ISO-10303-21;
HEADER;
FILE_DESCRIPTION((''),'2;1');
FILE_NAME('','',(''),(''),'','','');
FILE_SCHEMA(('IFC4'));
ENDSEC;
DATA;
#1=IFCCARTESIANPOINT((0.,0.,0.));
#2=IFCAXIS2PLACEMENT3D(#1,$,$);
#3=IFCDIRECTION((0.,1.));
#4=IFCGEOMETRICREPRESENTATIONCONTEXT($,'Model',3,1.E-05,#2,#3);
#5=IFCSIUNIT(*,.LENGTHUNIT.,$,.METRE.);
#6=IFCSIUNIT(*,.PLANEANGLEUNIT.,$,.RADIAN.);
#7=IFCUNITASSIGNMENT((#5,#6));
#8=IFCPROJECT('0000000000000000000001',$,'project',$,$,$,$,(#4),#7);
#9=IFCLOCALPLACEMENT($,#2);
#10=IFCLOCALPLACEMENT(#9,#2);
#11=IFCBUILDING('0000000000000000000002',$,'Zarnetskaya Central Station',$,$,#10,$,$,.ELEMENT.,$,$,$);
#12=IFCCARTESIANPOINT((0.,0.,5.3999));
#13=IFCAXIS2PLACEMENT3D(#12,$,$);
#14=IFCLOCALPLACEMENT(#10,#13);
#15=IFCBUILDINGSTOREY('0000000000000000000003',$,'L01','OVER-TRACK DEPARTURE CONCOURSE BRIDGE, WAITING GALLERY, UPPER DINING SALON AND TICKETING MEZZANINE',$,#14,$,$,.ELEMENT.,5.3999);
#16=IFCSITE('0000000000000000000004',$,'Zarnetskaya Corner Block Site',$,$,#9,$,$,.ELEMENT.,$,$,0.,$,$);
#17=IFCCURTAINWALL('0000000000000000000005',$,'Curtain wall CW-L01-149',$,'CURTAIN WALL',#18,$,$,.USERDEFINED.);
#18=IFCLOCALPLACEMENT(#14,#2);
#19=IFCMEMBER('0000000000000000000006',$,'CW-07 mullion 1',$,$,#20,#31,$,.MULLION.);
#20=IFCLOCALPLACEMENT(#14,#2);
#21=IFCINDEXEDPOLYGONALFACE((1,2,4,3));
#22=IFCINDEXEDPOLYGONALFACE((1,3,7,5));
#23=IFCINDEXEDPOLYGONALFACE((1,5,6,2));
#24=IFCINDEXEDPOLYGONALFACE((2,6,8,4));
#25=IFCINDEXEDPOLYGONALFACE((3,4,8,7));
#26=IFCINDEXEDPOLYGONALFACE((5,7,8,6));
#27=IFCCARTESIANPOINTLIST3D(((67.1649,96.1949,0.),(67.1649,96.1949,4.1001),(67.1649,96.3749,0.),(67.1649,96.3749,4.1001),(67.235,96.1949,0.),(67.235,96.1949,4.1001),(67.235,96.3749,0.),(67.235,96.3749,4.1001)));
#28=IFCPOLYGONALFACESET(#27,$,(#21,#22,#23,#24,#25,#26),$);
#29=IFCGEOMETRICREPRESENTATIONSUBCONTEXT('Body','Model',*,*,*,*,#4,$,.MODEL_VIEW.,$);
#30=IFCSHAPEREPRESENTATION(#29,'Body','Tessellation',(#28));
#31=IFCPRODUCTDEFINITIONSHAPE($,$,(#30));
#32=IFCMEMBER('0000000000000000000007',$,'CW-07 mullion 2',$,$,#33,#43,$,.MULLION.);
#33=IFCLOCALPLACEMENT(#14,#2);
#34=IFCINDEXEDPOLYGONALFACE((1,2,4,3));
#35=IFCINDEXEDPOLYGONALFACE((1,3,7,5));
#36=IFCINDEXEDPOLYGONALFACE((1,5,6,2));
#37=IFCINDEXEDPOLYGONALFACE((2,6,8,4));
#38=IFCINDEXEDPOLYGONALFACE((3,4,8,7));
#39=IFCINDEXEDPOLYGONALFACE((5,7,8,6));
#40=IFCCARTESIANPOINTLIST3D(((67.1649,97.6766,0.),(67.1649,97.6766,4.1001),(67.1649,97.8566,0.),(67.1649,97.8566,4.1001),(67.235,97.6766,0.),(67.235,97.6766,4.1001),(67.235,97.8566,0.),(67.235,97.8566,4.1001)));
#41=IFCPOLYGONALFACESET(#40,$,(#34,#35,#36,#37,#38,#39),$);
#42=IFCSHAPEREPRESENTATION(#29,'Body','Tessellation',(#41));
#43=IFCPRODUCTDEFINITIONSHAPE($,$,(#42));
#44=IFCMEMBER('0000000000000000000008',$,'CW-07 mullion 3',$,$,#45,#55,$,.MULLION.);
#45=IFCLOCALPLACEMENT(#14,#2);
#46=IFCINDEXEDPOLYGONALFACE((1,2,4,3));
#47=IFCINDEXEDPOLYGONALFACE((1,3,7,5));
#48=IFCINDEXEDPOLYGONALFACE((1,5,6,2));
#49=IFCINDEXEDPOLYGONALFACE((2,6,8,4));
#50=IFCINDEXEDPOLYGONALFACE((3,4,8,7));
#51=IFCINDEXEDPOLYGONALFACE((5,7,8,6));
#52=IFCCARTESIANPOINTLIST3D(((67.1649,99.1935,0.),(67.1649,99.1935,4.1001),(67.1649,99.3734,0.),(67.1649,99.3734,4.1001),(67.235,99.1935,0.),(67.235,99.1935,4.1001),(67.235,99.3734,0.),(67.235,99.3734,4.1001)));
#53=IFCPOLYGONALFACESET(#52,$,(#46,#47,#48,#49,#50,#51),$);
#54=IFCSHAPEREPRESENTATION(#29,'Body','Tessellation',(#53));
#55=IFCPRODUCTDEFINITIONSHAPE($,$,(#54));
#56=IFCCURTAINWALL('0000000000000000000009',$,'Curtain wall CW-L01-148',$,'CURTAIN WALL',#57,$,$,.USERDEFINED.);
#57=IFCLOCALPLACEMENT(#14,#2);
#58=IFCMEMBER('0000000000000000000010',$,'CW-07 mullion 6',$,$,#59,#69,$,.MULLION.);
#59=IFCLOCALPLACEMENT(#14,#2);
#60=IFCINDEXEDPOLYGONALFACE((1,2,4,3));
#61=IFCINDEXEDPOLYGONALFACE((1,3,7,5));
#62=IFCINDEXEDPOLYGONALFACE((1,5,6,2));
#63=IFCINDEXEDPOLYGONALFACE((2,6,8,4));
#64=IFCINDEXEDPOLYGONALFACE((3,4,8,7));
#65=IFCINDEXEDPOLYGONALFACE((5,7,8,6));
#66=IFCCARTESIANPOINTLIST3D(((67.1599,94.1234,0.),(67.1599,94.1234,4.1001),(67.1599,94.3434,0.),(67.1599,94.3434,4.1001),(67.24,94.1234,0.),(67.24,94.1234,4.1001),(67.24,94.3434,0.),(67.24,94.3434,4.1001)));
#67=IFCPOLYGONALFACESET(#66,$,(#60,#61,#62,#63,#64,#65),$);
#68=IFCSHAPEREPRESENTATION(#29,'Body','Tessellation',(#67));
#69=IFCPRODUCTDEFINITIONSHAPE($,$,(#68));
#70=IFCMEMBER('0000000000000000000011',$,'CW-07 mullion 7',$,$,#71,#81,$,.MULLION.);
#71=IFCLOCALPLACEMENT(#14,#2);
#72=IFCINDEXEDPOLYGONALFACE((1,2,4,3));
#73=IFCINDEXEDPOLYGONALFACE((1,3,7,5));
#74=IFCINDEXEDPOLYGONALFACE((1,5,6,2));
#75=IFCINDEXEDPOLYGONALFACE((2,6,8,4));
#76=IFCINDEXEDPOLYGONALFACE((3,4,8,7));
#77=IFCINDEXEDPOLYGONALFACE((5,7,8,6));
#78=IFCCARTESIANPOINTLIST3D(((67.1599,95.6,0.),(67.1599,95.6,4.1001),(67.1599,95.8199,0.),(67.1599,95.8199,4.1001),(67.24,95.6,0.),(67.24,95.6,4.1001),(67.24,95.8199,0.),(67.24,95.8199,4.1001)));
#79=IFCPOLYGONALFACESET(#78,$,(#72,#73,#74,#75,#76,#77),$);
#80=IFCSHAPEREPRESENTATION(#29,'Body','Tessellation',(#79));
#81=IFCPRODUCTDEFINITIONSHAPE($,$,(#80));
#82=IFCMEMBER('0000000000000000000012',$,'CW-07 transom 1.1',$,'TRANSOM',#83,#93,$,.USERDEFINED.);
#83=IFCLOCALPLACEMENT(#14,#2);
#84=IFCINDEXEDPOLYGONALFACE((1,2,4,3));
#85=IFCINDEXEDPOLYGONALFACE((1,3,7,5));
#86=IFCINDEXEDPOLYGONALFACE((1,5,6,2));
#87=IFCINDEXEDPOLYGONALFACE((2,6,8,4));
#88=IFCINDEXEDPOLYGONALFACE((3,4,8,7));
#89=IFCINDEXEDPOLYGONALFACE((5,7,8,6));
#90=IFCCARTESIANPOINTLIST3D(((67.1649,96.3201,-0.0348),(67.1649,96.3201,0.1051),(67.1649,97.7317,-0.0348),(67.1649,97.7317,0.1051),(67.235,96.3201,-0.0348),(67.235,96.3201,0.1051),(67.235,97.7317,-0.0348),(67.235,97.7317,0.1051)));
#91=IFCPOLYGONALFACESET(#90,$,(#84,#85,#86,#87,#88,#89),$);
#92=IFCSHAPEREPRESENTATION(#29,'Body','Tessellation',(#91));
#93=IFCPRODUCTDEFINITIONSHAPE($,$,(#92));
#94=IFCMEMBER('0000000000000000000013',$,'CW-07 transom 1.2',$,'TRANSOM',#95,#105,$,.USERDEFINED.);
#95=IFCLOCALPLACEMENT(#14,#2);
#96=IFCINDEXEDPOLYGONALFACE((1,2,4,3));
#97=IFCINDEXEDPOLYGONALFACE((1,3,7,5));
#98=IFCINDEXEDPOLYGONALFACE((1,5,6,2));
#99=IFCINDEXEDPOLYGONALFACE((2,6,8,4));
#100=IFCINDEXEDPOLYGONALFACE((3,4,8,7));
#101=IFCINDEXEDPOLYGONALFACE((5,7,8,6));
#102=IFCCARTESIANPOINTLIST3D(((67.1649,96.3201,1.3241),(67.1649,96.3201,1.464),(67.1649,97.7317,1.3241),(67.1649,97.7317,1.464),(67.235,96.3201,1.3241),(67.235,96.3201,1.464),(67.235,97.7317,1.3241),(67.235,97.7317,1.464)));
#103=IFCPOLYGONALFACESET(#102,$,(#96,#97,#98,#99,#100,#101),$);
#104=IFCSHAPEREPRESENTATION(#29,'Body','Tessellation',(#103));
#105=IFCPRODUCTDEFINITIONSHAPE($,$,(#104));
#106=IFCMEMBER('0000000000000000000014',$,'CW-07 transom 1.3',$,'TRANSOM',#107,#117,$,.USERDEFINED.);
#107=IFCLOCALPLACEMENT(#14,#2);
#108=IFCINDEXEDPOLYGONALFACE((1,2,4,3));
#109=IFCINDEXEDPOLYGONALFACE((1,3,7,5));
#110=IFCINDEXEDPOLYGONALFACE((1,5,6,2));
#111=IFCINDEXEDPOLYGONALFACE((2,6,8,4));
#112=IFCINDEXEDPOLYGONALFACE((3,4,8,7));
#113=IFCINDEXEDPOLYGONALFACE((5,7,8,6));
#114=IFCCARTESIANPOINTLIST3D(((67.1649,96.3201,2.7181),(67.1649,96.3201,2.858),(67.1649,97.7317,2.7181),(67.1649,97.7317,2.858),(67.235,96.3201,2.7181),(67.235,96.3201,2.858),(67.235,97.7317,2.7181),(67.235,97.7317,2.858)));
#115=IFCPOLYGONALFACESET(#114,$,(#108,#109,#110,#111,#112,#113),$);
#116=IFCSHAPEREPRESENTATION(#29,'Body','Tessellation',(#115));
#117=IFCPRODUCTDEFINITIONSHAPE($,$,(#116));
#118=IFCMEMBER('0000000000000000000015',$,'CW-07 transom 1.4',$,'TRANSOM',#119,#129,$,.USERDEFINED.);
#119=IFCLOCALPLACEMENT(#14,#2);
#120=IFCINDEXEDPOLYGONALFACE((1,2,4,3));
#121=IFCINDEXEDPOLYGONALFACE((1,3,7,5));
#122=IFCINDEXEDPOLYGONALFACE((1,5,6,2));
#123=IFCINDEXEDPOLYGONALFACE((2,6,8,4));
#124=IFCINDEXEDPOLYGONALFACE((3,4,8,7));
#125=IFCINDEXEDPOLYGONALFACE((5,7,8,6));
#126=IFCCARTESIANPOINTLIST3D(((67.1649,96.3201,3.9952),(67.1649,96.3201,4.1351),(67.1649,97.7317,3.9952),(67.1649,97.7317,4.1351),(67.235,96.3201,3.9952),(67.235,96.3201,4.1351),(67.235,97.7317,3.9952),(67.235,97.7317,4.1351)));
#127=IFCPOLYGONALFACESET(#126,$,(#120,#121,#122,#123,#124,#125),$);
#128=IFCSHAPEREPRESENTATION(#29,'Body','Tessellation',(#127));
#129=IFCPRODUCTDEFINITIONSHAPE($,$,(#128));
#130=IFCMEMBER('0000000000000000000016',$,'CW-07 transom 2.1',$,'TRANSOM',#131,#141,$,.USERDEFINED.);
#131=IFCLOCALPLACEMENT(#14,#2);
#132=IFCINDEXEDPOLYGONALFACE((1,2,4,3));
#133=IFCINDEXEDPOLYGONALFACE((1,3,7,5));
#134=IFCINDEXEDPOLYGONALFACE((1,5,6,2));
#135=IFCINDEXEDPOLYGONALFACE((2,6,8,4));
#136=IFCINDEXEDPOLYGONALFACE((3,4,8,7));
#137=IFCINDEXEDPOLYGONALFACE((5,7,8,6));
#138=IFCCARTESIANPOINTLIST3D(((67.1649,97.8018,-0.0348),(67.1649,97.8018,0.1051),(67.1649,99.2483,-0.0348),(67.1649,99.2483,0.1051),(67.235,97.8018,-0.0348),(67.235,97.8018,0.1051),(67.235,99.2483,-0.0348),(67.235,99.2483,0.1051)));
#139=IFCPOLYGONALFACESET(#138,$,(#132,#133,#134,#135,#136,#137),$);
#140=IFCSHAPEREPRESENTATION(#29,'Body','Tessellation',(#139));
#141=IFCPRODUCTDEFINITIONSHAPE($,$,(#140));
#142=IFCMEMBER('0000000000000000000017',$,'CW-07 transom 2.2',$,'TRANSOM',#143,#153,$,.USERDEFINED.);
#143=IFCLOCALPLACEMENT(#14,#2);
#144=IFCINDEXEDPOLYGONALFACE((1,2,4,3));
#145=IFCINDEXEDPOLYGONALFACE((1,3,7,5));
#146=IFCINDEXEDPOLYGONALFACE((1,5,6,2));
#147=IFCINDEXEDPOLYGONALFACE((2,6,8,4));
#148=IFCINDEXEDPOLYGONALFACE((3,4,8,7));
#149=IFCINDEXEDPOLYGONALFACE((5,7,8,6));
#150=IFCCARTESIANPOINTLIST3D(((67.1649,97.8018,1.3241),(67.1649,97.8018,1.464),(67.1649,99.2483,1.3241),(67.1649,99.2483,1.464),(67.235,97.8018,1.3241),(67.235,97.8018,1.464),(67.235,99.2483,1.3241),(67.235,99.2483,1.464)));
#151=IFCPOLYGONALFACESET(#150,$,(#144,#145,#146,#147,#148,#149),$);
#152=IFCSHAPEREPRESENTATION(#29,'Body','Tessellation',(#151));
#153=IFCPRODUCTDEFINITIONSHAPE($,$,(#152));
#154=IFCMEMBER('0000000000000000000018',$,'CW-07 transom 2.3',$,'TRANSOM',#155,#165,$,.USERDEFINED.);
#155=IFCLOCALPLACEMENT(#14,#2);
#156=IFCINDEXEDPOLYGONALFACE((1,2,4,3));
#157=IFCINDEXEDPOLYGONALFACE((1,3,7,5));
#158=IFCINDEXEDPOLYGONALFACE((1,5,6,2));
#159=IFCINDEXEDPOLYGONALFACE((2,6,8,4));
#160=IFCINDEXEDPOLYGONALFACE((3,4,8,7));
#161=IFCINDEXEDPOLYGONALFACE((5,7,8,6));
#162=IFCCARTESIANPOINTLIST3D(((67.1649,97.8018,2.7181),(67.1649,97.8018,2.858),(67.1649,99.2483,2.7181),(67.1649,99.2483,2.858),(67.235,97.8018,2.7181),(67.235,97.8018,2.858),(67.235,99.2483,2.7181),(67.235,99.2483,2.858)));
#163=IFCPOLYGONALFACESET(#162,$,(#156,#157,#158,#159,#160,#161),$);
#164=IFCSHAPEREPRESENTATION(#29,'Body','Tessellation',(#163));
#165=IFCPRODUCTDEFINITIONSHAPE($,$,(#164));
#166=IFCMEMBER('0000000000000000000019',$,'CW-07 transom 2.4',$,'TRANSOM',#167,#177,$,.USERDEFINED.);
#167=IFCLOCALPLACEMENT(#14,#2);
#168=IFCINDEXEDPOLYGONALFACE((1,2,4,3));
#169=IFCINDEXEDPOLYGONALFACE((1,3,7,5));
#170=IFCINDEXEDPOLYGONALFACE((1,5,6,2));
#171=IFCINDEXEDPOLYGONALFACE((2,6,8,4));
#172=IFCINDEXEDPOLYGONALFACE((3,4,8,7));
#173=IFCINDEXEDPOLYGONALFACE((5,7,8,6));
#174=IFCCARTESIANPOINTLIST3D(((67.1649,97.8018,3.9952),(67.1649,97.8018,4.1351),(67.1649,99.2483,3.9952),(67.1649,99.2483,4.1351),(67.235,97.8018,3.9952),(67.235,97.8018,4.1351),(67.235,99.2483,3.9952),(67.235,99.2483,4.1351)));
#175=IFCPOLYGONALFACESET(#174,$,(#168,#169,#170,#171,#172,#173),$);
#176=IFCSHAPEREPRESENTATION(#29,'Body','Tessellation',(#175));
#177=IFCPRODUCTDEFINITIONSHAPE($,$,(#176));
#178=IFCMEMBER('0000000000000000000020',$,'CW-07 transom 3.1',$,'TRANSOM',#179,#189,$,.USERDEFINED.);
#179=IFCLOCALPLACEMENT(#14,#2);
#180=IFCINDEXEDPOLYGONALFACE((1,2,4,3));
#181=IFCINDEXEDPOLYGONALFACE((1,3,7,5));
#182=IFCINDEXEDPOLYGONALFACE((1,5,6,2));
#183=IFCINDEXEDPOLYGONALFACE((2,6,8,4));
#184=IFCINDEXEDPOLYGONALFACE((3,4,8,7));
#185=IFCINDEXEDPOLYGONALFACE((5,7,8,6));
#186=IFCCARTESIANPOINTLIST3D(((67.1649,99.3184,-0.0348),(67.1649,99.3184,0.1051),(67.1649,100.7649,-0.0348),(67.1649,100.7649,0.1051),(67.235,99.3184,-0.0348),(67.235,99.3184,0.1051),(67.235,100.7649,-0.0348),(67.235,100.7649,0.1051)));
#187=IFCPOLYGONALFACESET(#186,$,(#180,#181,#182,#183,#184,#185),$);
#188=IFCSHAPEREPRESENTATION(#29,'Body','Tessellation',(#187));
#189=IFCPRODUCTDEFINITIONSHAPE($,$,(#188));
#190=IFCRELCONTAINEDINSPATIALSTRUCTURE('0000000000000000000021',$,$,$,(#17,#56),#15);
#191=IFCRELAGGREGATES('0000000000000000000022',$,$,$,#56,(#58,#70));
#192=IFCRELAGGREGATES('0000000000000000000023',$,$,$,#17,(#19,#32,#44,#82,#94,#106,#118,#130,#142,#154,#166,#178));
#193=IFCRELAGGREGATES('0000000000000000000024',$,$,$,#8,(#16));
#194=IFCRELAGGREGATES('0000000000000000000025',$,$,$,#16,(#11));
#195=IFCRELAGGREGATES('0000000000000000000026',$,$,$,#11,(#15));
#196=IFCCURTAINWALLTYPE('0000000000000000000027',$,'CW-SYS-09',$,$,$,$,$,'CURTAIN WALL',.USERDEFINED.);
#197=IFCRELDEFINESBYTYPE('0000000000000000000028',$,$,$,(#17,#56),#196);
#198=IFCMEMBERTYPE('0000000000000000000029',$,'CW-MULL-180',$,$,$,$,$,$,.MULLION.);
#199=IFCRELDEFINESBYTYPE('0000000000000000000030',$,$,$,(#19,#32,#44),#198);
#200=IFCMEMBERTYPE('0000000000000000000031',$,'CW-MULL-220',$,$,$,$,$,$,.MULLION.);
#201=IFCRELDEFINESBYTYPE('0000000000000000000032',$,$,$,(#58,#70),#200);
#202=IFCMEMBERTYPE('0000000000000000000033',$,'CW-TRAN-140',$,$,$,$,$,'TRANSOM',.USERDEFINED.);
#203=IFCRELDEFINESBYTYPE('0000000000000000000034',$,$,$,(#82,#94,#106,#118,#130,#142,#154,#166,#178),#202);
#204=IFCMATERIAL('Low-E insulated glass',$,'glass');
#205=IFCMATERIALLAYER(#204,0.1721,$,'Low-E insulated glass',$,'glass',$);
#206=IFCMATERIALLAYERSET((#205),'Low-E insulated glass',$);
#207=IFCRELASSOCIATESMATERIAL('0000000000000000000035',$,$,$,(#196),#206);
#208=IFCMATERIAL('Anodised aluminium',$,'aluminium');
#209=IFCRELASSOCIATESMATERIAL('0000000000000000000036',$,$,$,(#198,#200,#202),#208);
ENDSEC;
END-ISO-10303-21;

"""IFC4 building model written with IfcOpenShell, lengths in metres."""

from ifc_helpers import new_model, si_unit, direction, frame, origin, origin_2d, place, context, subcontext, project, spatial, rectangle, extrude, material, layer, layer_set, material_profile, profile_set, type_object, element, aggregate, save


model = new_model("IFC4")

# Units and contexts
model_context = context("Model", 3, precision=1e-05, world=origin(), true_north=direction((0.0, 1.0)))
body_context = subcontext(model_context, "Body", "Model", "MODEL_VIEW")
ifc_project = project(units=[si_unit("LENGTHUNIT", "METRE"), si_unit("PLANEANGLEUNIT", "RADIAN")], contexts=[model_context])

# Site, building, storey
site_placement = place(None, origin())
site = spatial("IfcSite", under=ifc_project, at=site_placement, Name="Zarnetskaya Corner Block Site", CompositionType="ELEMENT", RefElevation=0.0)
building_placement = place(site_placement, origin())
building = spatial("IfcBuilding", under=site, at=building_placement, Name="Zarnetskaya Central Station", CompositionType="ELEMENT")
storey_placement = place(building_placement, frame((0.0, 0.0, 5.3999)))
storey = spatial("IfcBuildingStorey", under=building, at=storey_placement, Name="L01", Description="OVER-TRACK DEPARTURE CONCOURSE BRIDGE, WAITING GALLERY, UPPER DINING SALON AND TICKETING MEZZANINE", CompositionType="ELEMENT", Elevation=5.3999)

# Curtain walls, members
ifc_material_1 = material(Name="Low-E insulated glass", Category="glass")
ifc_layer_1 = layer(ifc_material_1, 0.1721, Name="Low-E insulated glass", Category="glass")
ifc_layer_set_1 = layer_set([ifc_layer_1], Name="Low-E insulated glass")
curtain_wall_type = type_object("IfcCurtainWallType", Name="CW-SYS-09", ElementType="CURTAIN WALL", PredefinedType="USERDEFINED", material=ifc_layer_set_1)
curtain_wall_1_placement = place(storey_placement, origin())
curtain_wall_1 = element("IfcCurtainWall", 1, at=curtain_wall_1_placement, inside=storey, type_object=curtain_wall_type, Name="Curtain wall CW-L01-149", ObjectType="CURTAIN WALL", PredefinedType="USERDEFINED")
ifc_material_2 = material(Name="Anodised aluminium", Category="aluminium")
ifc_material_profile_1 = material_profile(ifc_material_2, rectangle(XDim=0.0701, YDim=0.1799, at=origin_2d()), Name="ALU MULL 70x180")
ifc_profile_set_1 = profile_set([ifc_material_profile_1], Name="Anodised aluminium")
member_type_1 = type_object("IfcMemberType", Name="CW-MULL-180", PredefinedType="MULLION", material=ifc_profile_set_1)
member_1_placement = place(storey_placement, frame((67.2, 96.2849, 0.0), z_axis=(0.0, 0.0, 1.0), x_axis=(-1.0, 0.0, 0.0)))
member_1 = element("IfcMember", 2, at=member_1_placement, type_object=member_type_1, Name="CW-07 mullion 1", PredefinedType="MULLION", context=body_context, shape_type="SweptSolid", body=[
    extrude(rectangle(XDim=0.0701, YDim=0.1799, at=origin_2d()), origin(), (0.0, 0.0, 1.0), 4.1001),
])
member_2_placement = place(storey_placement, frame((67.2, 97.7666, 0.0), z_axis=(0.0, 0.0, 1.0), x_axis=(-1.0, 0.0, 0.0)))
member_2 = element("IfcMember", 3, at=member_2_placement, type_object=member_type_1, Name="CW-07 mullion 2", PredefinedType="MULLION", context=body_context, shape_type="SweptSolid", body=[
    extrude(rectangle(XDim=0.0701, YDim=0.1799, at=origin_2d()), origin(), (0.0, 0.0, 1.0), 4.1001),
])
member_3_placement = place(storey_placement, frame((67.2, 99.2834, 0.0), z_axis=(0.0, 0.0, 1.0), x_axis=(-1.0, 0.0, 0.0)))
member_3 = element("IfcMember", 4, at=member_3_placement, type_object=member_type_1, Name="CW-07 mullion 3", PredefinedType="MULLION", context=body_context, shape_type="SweptSolid", body=[
    extrude(rectangle(XDim=0.0701, YDim=0.1799, at=origin_2d()), origin(), (0.0, 0.0, 1.0), 4.1001),
])
curtain_wall_2_placement = place(storey_placement, origin())
curtain_wall_2 = element("IfcCurtainWall", 5, at=curtain_wall_2_placement, inside=storey, type_object=curtain_wall_type, Name="Curtain wall CW-L01-148", ObjectType="CURTAIN WALL", PredefinedType="USERDEFINED")
ifc_material_profile_2 = material_profile(ifc_material_2, rectangle(XDim=0.0801, YDim=0.22, at=origin_2d()), Name="ALU MULL 80x220")
ifc_profile_set_2 = profile_set([ifc_material_profile_2], Name="Anodised aluminium")
member_type_2 = type_object("IfcMemberType", Name="CW-MULL-220", PredefinedType="MULLION", material=ifc_profile_set_2)
member_4_placement = place(storey_placement, frame((67.2, 94.2334, 0.0), z_axis=(0.0, 0.0, 1.0), x_axis=(-1.0, 0.0, 0.0)))
member_4 = element("IfcMember", 6, at=member_4_placement, type_object=member_type_2, Name="CW-07 mullion 6", PredefinedType="MULLION", context=body_context, shape_type="SweptSolid", body=[
    extrude(rectangle(XDim=0.0801, YDim=0.22, at=origin_2d()), origin(), (0.0, 0.0, 1.0), 4.1001),
])
member_5_placement = place(storey_placement, frame((67.2, 95.71, 0.0), z_axis=(0.0, 0.0, 1.0), x_axis=(-1.0, 0.0, 0.0)))
member_5 = element("IfcMember", 7, at=member_5_placement, type_object=member_type_2, Name="CW-07 mullion 7", PredefinedType="MULLION", context=body_context, shape_type="SweptSolid", body=[
    extrude(rectangle(XDim=0.0801, YDim=0.22, at=origin_2d()), origin(), (0.0, 0.0, 1.0), 4.1001),
])

# Members
ifc_material_profile_3 = material_profile(ifc_material_2, rectangle(XDim=0.0701, YDim=0.1399, at=origin_2d()), Name="ALU TRAN 70x140")
ifc_profile_set_3 = profile_set([ifc_material_profile_3], Name="Anodised aluminium")
member_type_3 = type_object("IfcMemberType", Name="CW-TRAN-140", ElementType="TRANSOM", PredefinedType="USERDEFINED", material=ifc_profile_set_3)
member_6_placement = place(storey_placement, frame((67.2, 96.3201, 0.0352), z_axis=(0.0, 1.0, 0.0), x_axis=(-1.0, 0.0, 0.0)))
member_6 = element("IfcMember", 8, at=member_6_placement, type_object=member_type_3, Name="CW-07 transom 1.1", ObjectType="TRANSOM", PredefinedType="USERDEFINED", context=body_context, shape_type="SweptSolid", body=[
    extrude(rectangle(XDim=0.0701, YDim=0.1399, at=origin_2d()), origin(), (0.0, 0.0, 1.0), 1.4116),
])
member_7_placement = place(storey_placement, frame((67.2, 96.3201, 1.394), z_axis=(0.0, 1.0, 0.0), x_axis=(-1.0, 0.0, 0.0)))
member_7 = element("IfcMember", 9, at=member_7_placement, type_object=member_type_3, Name="CW-07 transom 1.2", ObjectType="TRANSOM", PredefinedType="USERDEFINED", context=body_context, shape_type="SweptSolid", body=[
    extrude(rectangle(XDim=0.0701, YDim=0.1399, at=origin_2d()), origin(), (0.0, 0.0, 1.0), 1.4116),
])
member_8_placement = place(storey_placement, frame((67.2, 96.3201, 2.7881), z_axis=(0.0, 1.0, 0.0), x_axis=(-1.0, 0.0, 0.0)))
member_8 = element("IfcMember", 10, at=member_8_placement, type_object=member_type_3, Name="CW-07 transom 1.3", ObjectType="TRANSOM", PredefinedType="USERDEFINED", context=body_context, shape_type="SweptSolid", body=[
    extrude(rectangle(XDim=0.0701, YDim=0.1399, at=origin_2d()), origin(), (0.0, 0.0, 1.0), 1.4116),
])
member_9_placement = place(storey_placement, frame((67.2, 96.3201, 4.0652), z_axis=(0.0, 1.0, 0.0), x_axis=(-1.0, 0.0, 0.0)))
member_9 = element("IfcMember", 11, at=member_9_placement, type_object=member_type_3, Name="CW-07 transom 1.4", ObjectType="TRANSOM", PredefinedType="USERDEFINED", context=body_context, shape_type="SweptSolid", body=[
    extrude(rectangle(XDim=0.0701, YDim=0.1399, at=origin_2d()), origin(), (0.0, 0.0, 1.0), 1.4116),
])
member_10_placement = place(storey_placement, frame((67.2, 97.8018, 0.0352), z_axis=(0.0, 1.0, 0.0), x_axis=(-1.0, 0.0, 0.0)))
member_10 = element("IfcMember", 12, at=member_10_placement, type_object=member_type_3, Name="CW-07 transom 2.1", ObjectType="TRANSOM", PredefinedType="USERDEFINED", context=body_context, shape_type="SweptSolid", body=[
    extrude(rectangle(XDim=0.0701, YDim=0.1399, at=origin_2d()), origin(), (0.0, 0.0, 1.0), 1.4465),
])
member_11_placement = place(storey_placement, frame((67.2, 97.8018, 1.394), z_axis=(0.0, 1.0, 0.0), x_axis=(-1.0, 0.0, 0.0)))
member_11 = element("IfcMember", 13, at=member_11_placement, type_object=member_type_3, Name="CW-07 transom 2.2", ObjectType="TRANSOM", PredefinedType="USERDEFINED", context=body_context, shape_type="SweptSolid", body=[
    extrude(rectangle(XDim=0.0701, YDim=0.1399, at=origin_2d()), origin(), (0.0, 0.0, 1.0), 1.4465),
])
member_12_placement = place(storey_placement, frame((67.2, 97.8018, 2.7881), z_axis=(0.0, 1.0, 0.0), x_axis=(-1.0, 0.0, 0.0)))
member_12 = element("IfcMember", 14, at=member_12_placement, type_object=member_type_3, Name="CW-07 transom 2.3", ObjectType="TRANSOM", PredefinedType="USERDEFINED", context=body_context, shape_type="SweptSolid", body=[
    extrude(rectangle(XDim=0.0701, YDim=0.1399, at=origin_2d()), origin(), (0.0, 0.0, 1.0), 1.4465),
])
member_13_placement = place(storey_placement, frame((67.2, 97.8018, 4.0652), z_axis=(0.0, 1.0, 0.0), x_axis=(-1.0, 0.0, 0.0)))
member_13 = element("IfcMember", 15, at=member_13_placement, type_object=member_type_3, Name="CW-07 transom 2.4", ObjectType="TRANSOM", PredefinedType="USERDEFINED", context=body_context, shape_type="SweptSolid", body=[
    extrude(rectangle(XDim=0.0701, YDim=0.1399, at=origin_2d()), origin(), (0.0, 0.0, 1.0), 1.4465),
])
member_14_placement = place(storey_placement, frame((67.2, 99.3184, 0.0352), z_axis=(0.0, 1.0, 0.0), x_axis=(-1.0, 0.0, 0.0)))
member_14 = element("IfcMember", 16, at=member_14_placement, type_object=member_type_3, Name="CW-07 transom 3.1", ObjectType="TRANSOM", PredefinedType="USERDEFINED", context=body_context, shape_type="SweptSolid", body=[
    extrude(rectangle(XDim=0.0701, YDim=0.1399, at=origin_2d()), origin(), (0.0, 0.0, 1.0), 1.4465),
])

aggregate(curtain_wall_2, [member_4, member_5])
aggregate(curtain_wall_1, [member_1, member_2, member_3, member_6, member_7, member_8, member_9, member_10, member_11, member_12, member_13, member_14])

save(model, "model.ifc")
